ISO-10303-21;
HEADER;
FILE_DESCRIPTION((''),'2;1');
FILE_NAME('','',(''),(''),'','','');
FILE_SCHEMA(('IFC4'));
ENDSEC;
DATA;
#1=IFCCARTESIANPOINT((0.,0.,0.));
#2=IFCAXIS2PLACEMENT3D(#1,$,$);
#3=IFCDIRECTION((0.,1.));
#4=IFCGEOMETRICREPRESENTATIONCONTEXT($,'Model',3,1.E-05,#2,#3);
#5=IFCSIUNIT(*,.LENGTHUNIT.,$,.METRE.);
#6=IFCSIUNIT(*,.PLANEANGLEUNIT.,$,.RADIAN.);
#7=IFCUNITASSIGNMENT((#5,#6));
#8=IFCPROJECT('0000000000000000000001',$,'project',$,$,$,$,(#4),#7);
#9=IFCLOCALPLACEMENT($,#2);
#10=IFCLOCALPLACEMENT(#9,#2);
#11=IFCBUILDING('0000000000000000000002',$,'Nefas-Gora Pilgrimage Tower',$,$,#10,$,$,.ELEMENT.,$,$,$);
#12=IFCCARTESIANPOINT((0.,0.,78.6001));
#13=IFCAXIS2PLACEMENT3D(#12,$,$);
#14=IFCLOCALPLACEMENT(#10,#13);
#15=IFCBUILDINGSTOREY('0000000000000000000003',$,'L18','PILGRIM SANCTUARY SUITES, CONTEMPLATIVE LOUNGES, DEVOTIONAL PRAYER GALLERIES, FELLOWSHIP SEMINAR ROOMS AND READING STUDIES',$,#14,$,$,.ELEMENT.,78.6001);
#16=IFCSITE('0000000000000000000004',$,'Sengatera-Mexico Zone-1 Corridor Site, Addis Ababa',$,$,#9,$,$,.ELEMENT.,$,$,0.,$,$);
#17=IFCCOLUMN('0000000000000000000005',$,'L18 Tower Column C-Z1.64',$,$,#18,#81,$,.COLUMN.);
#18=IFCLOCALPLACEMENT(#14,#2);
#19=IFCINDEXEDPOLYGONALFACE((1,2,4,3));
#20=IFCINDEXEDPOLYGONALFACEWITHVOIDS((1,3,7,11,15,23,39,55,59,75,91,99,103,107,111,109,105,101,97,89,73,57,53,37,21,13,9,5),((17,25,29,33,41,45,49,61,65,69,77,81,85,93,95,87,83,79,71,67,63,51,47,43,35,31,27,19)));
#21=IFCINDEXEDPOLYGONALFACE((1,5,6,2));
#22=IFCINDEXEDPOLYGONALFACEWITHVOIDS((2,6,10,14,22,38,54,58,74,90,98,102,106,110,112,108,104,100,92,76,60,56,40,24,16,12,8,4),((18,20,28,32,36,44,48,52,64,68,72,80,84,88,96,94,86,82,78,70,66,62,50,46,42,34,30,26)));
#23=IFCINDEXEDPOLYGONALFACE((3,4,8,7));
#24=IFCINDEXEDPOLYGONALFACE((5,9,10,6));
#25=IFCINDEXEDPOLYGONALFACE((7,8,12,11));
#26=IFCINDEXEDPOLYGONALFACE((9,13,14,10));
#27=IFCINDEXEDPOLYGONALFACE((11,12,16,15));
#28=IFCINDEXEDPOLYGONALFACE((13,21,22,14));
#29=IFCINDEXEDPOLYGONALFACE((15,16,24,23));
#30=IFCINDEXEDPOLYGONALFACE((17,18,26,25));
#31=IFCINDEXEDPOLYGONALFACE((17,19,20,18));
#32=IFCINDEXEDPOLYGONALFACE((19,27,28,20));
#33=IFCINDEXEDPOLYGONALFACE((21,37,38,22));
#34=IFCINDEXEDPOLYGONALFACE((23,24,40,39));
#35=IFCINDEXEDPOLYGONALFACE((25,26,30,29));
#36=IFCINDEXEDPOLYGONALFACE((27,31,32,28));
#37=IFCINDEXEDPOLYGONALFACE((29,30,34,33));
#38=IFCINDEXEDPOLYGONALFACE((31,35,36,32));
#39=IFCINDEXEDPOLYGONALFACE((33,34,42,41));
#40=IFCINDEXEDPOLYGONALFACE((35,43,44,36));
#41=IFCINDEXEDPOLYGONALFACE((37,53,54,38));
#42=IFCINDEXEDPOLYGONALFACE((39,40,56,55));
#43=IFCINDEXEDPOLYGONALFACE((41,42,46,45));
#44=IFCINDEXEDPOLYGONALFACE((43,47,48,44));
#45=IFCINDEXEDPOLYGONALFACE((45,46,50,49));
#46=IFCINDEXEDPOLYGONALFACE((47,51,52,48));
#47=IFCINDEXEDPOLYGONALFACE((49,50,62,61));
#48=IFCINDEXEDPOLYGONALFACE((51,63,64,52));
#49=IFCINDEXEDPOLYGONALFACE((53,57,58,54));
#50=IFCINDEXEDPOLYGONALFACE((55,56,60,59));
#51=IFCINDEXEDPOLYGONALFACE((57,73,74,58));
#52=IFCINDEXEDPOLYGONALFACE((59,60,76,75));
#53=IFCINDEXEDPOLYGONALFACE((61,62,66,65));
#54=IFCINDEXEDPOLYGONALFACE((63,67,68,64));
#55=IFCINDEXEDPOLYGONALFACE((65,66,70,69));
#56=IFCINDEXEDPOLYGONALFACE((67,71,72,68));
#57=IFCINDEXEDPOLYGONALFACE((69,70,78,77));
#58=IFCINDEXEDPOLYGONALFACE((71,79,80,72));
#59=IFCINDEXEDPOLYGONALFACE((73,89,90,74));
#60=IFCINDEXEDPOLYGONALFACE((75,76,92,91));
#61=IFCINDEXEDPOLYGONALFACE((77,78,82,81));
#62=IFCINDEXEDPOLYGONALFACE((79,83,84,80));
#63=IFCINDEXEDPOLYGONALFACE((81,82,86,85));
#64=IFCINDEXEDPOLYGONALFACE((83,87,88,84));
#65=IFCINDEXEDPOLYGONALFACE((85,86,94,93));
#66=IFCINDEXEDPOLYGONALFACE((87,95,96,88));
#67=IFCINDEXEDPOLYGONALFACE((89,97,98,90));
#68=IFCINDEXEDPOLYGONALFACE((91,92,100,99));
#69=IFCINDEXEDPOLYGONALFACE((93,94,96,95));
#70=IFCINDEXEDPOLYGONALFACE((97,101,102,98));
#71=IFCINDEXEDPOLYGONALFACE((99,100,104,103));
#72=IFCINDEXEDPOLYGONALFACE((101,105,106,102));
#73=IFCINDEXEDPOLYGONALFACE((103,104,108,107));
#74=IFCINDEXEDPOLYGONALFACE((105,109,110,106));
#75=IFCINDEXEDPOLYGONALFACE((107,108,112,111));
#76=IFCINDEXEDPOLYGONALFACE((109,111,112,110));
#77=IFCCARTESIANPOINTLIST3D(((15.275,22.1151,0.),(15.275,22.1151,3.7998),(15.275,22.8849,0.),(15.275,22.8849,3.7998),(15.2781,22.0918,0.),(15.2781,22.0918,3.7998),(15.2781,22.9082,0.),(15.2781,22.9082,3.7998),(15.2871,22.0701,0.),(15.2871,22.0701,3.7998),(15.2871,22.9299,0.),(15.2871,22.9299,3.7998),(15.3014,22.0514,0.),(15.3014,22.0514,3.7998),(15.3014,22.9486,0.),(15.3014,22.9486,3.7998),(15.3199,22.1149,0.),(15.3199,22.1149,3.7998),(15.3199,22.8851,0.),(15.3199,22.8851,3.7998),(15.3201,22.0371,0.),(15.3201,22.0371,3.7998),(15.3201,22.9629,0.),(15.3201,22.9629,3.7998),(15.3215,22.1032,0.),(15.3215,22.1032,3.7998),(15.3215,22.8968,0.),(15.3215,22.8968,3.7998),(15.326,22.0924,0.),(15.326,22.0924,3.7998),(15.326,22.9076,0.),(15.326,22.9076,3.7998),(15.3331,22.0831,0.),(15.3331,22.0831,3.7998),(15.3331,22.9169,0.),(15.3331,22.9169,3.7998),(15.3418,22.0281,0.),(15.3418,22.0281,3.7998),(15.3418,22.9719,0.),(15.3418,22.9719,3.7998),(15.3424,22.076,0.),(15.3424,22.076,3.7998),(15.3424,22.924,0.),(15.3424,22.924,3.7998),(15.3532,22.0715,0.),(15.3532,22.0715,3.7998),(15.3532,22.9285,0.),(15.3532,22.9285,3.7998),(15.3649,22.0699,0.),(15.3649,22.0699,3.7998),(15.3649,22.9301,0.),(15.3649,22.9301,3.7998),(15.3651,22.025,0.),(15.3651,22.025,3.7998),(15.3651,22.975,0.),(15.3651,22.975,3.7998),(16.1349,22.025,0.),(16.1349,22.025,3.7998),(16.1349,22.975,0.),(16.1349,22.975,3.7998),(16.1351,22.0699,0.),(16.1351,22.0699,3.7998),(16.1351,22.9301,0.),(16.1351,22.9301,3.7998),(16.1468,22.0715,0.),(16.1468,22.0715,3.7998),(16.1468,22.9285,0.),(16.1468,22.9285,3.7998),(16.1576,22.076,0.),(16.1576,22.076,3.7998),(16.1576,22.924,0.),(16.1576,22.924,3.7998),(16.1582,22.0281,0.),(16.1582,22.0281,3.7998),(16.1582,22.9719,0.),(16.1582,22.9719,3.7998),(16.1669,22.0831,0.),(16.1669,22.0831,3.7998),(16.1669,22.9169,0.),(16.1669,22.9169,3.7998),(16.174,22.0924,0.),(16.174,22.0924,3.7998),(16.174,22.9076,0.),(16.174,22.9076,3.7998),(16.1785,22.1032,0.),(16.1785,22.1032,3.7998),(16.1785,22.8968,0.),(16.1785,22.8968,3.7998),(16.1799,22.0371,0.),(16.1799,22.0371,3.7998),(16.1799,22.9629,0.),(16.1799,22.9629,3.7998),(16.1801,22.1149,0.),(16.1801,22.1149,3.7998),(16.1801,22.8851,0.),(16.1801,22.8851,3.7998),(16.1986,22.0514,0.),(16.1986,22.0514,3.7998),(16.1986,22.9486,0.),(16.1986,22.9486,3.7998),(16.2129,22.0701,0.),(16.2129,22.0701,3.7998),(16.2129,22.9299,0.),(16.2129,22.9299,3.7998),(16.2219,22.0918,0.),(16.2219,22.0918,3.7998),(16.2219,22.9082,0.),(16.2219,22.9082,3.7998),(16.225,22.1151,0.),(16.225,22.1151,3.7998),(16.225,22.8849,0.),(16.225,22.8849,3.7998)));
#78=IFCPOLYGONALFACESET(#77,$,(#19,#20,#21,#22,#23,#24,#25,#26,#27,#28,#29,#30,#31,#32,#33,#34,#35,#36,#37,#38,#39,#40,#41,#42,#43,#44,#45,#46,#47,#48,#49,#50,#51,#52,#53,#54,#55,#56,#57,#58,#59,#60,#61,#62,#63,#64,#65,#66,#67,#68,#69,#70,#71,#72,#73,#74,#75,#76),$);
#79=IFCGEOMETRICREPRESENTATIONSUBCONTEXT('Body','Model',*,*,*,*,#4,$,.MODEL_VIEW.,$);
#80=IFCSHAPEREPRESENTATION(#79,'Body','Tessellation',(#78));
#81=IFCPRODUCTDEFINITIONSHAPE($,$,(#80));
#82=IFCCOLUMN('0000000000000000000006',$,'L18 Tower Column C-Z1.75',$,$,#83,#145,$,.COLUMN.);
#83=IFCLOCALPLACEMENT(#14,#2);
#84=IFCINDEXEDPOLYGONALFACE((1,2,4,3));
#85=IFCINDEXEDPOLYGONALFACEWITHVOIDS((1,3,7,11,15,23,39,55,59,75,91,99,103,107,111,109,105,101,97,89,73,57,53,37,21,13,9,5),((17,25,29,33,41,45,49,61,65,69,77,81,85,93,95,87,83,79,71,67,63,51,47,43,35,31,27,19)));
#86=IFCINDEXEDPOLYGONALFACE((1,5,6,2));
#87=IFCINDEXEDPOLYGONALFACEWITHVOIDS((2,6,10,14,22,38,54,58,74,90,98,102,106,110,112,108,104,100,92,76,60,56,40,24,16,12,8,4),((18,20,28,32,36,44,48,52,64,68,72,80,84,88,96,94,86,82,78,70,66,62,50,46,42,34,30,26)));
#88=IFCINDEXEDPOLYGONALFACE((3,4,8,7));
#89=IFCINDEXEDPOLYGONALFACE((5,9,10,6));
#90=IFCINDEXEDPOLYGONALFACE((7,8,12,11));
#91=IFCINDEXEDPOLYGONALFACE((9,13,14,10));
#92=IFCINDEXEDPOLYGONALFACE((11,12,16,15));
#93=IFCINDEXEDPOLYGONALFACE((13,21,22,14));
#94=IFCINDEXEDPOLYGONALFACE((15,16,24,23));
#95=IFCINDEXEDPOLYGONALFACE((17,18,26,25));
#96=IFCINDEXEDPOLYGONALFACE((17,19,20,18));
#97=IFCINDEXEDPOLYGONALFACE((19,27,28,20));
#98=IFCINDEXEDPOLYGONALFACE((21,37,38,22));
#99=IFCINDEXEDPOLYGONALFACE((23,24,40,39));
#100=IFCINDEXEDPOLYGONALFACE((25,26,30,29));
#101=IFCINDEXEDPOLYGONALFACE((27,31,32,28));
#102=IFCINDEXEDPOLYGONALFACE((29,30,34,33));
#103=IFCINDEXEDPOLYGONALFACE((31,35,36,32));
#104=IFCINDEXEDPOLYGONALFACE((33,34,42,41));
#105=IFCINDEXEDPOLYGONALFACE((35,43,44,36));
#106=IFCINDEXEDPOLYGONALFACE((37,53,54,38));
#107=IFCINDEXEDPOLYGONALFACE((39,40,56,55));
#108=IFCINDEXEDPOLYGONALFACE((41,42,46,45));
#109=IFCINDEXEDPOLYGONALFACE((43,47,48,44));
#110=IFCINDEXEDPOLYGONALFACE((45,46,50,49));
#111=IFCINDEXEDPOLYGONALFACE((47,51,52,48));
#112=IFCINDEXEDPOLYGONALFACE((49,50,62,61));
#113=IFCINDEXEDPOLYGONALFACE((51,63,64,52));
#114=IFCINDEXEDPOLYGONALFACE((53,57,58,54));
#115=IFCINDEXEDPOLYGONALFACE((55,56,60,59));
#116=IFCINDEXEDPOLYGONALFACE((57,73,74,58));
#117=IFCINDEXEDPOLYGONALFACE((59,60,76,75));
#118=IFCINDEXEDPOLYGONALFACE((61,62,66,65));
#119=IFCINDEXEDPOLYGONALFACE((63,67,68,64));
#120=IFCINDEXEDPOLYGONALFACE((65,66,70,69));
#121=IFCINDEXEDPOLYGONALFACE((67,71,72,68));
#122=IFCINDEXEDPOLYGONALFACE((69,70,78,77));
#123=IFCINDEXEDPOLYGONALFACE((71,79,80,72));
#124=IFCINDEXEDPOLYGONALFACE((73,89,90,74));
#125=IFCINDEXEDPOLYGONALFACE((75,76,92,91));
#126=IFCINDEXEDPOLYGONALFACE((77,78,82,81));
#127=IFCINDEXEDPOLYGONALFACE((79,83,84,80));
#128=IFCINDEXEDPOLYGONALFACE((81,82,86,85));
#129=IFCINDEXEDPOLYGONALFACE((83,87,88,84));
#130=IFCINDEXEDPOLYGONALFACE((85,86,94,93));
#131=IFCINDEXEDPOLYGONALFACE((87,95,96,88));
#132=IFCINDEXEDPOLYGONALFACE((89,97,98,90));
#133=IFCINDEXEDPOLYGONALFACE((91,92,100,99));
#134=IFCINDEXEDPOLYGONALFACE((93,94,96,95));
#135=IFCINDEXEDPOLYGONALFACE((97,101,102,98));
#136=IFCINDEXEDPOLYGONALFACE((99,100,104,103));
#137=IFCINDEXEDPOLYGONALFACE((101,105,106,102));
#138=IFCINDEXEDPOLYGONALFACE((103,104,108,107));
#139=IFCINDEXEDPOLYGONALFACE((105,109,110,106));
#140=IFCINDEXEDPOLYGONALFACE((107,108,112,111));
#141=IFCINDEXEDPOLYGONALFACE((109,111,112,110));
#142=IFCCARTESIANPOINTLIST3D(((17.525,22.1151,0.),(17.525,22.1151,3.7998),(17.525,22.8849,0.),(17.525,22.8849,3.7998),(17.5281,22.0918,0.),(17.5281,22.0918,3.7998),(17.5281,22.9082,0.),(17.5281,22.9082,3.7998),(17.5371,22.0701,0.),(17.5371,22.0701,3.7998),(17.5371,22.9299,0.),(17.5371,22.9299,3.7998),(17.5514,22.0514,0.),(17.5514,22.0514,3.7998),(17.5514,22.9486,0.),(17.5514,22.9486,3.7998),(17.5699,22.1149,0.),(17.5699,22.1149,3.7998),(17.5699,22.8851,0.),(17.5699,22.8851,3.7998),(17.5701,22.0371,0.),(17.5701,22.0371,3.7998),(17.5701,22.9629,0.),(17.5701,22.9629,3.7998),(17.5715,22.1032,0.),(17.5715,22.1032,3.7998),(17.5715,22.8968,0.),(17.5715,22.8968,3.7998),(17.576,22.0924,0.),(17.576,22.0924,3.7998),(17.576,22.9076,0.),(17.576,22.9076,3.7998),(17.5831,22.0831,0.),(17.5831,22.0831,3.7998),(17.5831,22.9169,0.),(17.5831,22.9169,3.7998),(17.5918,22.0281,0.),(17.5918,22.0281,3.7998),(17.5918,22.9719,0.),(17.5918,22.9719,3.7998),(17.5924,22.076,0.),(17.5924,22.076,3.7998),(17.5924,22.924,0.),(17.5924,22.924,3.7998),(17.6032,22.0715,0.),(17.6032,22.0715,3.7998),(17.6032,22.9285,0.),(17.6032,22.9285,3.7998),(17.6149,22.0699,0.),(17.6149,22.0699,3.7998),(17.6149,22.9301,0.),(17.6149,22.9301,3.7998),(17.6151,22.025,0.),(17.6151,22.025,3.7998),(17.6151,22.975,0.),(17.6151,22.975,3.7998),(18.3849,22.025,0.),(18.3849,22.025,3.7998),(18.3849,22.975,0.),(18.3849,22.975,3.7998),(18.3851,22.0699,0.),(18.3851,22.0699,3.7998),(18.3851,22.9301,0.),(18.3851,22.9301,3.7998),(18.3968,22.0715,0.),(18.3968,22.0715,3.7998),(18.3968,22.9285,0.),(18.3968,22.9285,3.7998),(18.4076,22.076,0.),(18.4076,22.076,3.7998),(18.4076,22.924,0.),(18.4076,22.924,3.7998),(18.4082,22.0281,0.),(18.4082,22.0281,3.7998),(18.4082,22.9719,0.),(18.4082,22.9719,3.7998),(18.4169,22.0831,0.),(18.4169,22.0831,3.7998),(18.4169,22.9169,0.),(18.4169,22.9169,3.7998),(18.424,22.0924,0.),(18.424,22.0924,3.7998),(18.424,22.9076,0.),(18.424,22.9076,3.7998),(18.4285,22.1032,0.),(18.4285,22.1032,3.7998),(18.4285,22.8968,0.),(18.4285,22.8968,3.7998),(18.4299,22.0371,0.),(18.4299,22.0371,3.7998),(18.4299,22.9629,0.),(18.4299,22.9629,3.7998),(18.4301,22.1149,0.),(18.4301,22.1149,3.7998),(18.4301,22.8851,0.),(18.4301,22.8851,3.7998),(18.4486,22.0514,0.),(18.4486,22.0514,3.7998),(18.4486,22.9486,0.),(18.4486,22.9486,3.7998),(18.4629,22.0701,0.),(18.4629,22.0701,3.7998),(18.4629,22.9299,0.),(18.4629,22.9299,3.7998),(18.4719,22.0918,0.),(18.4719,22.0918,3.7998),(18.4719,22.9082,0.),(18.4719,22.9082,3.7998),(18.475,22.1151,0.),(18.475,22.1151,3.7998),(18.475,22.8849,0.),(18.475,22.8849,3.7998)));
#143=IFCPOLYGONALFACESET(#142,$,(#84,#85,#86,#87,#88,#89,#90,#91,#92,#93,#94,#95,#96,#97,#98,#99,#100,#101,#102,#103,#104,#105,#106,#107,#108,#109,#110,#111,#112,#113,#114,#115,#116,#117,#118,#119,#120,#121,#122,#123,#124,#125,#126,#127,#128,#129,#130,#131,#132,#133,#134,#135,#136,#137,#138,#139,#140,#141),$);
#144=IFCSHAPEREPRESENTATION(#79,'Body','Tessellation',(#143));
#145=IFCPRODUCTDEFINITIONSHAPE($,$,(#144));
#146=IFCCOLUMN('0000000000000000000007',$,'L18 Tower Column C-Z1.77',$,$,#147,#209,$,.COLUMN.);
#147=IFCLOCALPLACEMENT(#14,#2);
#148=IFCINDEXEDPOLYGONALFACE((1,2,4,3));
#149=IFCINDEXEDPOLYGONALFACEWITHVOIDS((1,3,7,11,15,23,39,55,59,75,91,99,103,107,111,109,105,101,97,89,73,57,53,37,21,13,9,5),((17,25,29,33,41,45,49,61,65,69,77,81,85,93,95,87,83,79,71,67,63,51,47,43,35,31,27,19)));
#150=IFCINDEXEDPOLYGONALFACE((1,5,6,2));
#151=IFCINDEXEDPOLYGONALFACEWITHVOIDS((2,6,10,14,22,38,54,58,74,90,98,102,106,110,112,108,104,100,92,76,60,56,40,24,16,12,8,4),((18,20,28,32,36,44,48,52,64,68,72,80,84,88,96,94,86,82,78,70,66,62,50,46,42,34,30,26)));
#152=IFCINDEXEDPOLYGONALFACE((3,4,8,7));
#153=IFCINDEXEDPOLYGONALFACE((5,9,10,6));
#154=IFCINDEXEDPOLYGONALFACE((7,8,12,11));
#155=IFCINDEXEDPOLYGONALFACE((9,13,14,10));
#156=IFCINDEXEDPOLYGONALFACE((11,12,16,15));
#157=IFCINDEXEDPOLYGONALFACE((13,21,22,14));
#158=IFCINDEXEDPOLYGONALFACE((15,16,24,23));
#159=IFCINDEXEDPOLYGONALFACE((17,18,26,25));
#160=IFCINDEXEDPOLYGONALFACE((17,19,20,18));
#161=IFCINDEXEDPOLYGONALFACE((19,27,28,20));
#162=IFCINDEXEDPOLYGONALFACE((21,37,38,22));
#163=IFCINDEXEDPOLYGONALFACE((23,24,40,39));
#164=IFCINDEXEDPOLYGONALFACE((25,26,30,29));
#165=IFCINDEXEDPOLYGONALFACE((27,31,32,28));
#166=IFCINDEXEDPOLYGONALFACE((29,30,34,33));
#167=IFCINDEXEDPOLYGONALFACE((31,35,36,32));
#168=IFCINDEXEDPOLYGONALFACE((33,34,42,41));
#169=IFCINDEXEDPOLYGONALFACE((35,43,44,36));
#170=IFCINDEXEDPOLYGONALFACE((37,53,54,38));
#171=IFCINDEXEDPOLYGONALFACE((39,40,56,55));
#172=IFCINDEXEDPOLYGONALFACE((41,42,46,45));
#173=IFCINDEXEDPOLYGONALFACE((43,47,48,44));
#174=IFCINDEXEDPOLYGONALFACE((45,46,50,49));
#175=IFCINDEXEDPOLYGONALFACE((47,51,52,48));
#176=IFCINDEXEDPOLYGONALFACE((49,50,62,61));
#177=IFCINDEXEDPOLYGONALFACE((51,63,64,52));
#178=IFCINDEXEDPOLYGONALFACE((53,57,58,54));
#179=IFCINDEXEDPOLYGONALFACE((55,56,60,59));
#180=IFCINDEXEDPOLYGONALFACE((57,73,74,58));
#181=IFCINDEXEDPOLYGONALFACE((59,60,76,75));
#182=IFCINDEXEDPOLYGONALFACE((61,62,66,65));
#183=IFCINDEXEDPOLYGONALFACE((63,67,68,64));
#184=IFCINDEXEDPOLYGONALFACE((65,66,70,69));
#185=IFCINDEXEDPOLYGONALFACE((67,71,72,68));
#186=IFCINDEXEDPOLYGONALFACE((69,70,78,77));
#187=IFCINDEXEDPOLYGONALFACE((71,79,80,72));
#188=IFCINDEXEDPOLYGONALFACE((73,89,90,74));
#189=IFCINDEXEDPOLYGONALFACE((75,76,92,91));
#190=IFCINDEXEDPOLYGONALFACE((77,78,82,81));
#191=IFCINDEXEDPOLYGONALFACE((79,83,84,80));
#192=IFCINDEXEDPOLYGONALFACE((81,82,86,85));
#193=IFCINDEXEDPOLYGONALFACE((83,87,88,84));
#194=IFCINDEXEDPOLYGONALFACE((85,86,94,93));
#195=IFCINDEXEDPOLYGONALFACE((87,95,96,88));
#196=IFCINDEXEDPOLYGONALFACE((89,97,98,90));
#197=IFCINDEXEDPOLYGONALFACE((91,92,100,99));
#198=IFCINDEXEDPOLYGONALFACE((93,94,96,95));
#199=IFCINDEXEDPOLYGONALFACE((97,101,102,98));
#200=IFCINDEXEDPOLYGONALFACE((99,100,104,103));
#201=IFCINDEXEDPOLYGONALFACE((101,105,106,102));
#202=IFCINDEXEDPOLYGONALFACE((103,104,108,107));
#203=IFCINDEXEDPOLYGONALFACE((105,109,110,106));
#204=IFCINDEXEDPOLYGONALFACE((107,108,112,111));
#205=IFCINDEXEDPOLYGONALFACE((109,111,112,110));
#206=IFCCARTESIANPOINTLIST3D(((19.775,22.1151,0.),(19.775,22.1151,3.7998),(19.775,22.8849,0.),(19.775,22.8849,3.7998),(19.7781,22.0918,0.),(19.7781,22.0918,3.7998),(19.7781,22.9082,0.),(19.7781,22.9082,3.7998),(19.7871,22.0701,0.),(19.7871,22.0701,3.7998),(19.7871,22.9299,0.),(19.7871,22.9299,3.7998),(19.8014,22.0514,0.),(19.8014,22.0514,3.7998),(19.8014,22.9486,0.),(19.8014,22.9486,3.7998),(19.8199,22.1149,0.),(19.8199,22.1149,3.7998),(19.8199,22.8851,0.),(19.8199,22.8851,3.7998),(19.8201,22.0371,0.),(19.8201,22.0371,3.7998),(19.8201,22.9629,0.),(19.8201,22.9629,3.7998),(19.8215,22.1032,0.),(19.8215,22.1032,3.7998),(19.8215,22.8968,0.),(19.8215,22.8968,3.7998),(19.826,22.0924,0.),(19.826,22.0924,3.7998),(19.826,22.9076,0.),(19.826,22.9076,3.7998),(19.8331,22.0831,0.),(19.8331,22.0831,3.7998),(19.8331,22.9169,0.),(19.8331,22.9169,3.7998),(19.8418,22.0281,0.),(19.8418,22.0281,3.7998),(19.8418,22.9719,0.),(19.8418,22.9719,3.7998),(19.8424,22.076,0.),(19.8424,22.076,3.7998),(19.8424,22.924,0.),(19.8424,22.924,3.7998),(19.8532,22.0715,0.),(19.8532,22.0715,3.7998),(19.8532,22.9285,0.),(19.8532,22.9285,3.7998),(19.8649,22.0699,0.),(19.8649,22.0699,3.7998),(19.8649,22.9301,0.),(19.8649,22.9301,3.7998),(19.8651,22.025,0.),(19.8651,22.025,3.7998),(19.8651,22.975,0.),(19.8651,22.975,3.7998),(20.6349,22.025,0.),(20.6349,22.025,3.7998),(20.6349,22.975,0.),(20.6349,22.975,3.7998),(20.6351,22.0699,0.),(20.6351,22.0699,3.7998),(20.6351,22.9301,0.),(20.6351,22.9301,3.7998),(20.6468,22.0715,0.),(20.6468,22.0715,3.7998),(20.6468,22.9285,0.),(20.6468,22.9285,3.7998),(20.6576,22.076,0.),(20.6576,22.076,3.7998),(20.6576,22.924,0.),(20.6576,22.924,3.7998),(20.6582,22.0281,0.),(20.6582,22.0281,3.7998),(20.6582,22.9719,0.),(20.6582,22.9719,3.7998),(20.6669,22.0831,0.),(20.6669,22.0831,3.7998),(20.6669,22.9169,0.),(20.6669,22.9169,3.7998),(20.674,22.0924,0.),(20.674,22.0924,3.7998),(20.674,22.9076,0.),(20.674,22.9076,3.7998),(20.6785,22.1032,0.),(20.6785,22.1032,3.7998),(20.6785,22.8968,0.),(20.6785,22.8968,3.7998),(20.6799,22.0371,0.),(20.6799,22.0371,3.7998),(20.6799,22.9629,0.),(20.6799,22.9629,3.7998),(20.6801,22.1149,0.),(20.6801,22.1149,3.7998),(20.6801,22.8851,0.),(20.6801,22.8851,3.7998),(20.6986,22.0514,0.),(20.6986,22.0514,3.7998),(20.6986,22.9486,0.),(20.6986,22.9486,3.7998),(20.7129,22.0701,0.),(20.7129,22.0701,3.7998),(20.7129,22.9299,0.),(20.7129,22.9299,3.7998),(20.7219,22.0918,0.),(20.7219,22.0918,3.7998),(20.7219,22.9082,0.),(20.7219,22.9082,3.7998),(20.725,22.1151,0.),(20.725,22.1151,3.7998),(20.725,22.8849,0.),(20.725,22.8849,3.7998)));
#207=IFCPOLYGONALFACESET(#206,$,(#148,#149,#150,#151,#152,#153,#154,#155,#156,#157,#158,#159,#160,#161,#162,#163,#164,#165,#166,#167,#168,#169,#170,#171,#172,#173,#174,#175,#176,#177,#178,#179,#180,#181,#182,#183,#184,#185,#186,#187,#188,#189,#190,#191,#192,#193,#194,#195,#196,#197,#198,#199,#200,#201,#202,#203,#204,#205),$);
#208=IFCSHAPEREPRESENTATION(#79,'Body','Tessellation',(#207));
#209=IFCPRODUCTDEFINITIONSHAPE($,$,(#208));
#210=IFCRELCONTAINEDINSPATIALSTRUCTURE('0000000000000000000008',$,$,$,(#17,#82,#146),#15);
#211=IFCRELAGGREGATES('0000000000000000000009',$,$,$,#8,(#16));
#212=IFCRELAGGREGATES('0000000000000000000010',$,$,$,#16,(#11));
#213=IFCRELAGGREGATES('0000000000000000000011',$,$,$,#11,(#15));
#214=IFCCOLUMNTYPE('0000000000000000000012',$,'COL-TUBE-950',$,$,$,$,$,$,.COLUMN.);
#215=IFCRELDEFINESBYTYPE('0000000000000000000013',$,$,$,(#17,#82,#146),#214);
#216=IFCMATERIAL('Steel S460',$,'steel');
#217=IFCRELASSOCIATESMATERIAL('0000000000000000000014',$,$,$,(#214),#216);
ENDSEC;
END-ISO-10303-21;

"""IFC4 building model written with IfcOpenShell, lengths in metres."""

from ifc_helpers import new_model, si_unit, direction, frame, origin, origin_2d, place, context, subcontext, project, spatial, hollow_rectangle, extrude, source, transform, mapped, material, material_profile, profile_set, type_object, element, save


model = new_model("IFC4")

# Units and contexts
model_context = context("Model", 3, precision=1e-05, world=origin(), true_north=direction((0.0, 1.0)))
body_context = subcontext(model_context, "Body", "Model", "MODEL_VIEW")
ifc_project = project(units=[si_unit("LENGTHUNIT", "METRE"), si_unit("PLANEANGLEUNIT", "RADIAN")], contexts=[model_context])

# Site, building, storey
site_placement = place(None, origin())
site = spatial("IfcSite", under=ifc_project, at=site_placement, Name="Sengatera-Mexico Zone-1 Corridor Site, Addis Ababa", CompositionType="ELEMENT", RefElevation=0.0)
building_placement = place(site_placement, origin())
building = spatial("IfcBuilding", under=site, at=building_placement, Name="Nefas-Gora Pilgrimage Tower", CompositionType="ELEMENT")
storey_placement = place(building_placement, frame((0.0, 0.0, 78.6001)))
storey = spatial("IfcBuildingStorey", under=building, at=storey_placement, Name="L18", Description="PILGRIM SANCTUARY SUITES, CONTEMPLATIVE LOUNGES, DEVOTIONAL PRAYER GALLERIES, FELLOWSHIP SEMINAR ROOMS AND READING STUDIES", CompositionType="ELEMENT", Elevation=78.6001)

# Columns
ifc_material_1 = material(Name="Steel S460", Category="steel")
ifc_material_profile_1 = material_profile(ifc_material_1, hollow_rectangle(XDim=0.95, YDim=0.95, WallThickness=0.0449, InnerFilletRadius=0.0449, OuterFilletRadius=0.0901, at=origin_2d()), Name="BOX 950x950x45")
ifc_profile_set_1 = profile_set([ifc_material_profile_1], Name="Steel S460")
column_type_1 = type_object("IfcColumnType", Name="COL-TUBE-950", PredefinedType="COLUMN", material=ifc_profile_set_1)
shared_shape_1 = source(origin(), body_context, "Body", "SweptSolid", [
    extrude(hollow_rectangle(XDim=0.95, YDim=0.95, WallThickness=0.0449, InnerFilletRadius=0.0449, OuterFilletRadius=0.0901, at=origin_2d()), origin(), (0.0, 0.0, 1.0), 3.7998),
])
for number, where, z_axis, x_axis, name in (
    (1, (15.75, 22.5, 0.0), (0.0, 0.0, 1.0), (1.0, 0.0, 0.0), "L18 Tower Column C-Z1.64"),
    (2, (18.0, 22.5, 0.0), (0.0, 0.0, 1.0), (1.0, 0.0, 0.0), "L18 Tower Column C-Z1.75"),
    (3, (20.25, 22.5, 0.0), (0.0, 0.0, 1.0), (1.0, 0.0, 0.0), "L18 Tower Column C-Z1.77"),
):
    element("IfcColumn", number, at=place(storey_placement, frame(where, z_axis=z_axis, x_axis=x_axis)), inside=storey, type_object=column_type_1, Name=name, PredefinedType="COLUMN", context=body_context, shape_type="MappedRepresentation", body=[
        mapped(shared_shape_1, transform((0.0, 0.0, 0.0), x_axis=(1.0, 0.0, 0.0), y_axis=(0.0, 1.0, 0.0), z_axis=(0.0, 0.0, 1.0), scale=1.0)),
    ])

save(model, "model.ifc")
